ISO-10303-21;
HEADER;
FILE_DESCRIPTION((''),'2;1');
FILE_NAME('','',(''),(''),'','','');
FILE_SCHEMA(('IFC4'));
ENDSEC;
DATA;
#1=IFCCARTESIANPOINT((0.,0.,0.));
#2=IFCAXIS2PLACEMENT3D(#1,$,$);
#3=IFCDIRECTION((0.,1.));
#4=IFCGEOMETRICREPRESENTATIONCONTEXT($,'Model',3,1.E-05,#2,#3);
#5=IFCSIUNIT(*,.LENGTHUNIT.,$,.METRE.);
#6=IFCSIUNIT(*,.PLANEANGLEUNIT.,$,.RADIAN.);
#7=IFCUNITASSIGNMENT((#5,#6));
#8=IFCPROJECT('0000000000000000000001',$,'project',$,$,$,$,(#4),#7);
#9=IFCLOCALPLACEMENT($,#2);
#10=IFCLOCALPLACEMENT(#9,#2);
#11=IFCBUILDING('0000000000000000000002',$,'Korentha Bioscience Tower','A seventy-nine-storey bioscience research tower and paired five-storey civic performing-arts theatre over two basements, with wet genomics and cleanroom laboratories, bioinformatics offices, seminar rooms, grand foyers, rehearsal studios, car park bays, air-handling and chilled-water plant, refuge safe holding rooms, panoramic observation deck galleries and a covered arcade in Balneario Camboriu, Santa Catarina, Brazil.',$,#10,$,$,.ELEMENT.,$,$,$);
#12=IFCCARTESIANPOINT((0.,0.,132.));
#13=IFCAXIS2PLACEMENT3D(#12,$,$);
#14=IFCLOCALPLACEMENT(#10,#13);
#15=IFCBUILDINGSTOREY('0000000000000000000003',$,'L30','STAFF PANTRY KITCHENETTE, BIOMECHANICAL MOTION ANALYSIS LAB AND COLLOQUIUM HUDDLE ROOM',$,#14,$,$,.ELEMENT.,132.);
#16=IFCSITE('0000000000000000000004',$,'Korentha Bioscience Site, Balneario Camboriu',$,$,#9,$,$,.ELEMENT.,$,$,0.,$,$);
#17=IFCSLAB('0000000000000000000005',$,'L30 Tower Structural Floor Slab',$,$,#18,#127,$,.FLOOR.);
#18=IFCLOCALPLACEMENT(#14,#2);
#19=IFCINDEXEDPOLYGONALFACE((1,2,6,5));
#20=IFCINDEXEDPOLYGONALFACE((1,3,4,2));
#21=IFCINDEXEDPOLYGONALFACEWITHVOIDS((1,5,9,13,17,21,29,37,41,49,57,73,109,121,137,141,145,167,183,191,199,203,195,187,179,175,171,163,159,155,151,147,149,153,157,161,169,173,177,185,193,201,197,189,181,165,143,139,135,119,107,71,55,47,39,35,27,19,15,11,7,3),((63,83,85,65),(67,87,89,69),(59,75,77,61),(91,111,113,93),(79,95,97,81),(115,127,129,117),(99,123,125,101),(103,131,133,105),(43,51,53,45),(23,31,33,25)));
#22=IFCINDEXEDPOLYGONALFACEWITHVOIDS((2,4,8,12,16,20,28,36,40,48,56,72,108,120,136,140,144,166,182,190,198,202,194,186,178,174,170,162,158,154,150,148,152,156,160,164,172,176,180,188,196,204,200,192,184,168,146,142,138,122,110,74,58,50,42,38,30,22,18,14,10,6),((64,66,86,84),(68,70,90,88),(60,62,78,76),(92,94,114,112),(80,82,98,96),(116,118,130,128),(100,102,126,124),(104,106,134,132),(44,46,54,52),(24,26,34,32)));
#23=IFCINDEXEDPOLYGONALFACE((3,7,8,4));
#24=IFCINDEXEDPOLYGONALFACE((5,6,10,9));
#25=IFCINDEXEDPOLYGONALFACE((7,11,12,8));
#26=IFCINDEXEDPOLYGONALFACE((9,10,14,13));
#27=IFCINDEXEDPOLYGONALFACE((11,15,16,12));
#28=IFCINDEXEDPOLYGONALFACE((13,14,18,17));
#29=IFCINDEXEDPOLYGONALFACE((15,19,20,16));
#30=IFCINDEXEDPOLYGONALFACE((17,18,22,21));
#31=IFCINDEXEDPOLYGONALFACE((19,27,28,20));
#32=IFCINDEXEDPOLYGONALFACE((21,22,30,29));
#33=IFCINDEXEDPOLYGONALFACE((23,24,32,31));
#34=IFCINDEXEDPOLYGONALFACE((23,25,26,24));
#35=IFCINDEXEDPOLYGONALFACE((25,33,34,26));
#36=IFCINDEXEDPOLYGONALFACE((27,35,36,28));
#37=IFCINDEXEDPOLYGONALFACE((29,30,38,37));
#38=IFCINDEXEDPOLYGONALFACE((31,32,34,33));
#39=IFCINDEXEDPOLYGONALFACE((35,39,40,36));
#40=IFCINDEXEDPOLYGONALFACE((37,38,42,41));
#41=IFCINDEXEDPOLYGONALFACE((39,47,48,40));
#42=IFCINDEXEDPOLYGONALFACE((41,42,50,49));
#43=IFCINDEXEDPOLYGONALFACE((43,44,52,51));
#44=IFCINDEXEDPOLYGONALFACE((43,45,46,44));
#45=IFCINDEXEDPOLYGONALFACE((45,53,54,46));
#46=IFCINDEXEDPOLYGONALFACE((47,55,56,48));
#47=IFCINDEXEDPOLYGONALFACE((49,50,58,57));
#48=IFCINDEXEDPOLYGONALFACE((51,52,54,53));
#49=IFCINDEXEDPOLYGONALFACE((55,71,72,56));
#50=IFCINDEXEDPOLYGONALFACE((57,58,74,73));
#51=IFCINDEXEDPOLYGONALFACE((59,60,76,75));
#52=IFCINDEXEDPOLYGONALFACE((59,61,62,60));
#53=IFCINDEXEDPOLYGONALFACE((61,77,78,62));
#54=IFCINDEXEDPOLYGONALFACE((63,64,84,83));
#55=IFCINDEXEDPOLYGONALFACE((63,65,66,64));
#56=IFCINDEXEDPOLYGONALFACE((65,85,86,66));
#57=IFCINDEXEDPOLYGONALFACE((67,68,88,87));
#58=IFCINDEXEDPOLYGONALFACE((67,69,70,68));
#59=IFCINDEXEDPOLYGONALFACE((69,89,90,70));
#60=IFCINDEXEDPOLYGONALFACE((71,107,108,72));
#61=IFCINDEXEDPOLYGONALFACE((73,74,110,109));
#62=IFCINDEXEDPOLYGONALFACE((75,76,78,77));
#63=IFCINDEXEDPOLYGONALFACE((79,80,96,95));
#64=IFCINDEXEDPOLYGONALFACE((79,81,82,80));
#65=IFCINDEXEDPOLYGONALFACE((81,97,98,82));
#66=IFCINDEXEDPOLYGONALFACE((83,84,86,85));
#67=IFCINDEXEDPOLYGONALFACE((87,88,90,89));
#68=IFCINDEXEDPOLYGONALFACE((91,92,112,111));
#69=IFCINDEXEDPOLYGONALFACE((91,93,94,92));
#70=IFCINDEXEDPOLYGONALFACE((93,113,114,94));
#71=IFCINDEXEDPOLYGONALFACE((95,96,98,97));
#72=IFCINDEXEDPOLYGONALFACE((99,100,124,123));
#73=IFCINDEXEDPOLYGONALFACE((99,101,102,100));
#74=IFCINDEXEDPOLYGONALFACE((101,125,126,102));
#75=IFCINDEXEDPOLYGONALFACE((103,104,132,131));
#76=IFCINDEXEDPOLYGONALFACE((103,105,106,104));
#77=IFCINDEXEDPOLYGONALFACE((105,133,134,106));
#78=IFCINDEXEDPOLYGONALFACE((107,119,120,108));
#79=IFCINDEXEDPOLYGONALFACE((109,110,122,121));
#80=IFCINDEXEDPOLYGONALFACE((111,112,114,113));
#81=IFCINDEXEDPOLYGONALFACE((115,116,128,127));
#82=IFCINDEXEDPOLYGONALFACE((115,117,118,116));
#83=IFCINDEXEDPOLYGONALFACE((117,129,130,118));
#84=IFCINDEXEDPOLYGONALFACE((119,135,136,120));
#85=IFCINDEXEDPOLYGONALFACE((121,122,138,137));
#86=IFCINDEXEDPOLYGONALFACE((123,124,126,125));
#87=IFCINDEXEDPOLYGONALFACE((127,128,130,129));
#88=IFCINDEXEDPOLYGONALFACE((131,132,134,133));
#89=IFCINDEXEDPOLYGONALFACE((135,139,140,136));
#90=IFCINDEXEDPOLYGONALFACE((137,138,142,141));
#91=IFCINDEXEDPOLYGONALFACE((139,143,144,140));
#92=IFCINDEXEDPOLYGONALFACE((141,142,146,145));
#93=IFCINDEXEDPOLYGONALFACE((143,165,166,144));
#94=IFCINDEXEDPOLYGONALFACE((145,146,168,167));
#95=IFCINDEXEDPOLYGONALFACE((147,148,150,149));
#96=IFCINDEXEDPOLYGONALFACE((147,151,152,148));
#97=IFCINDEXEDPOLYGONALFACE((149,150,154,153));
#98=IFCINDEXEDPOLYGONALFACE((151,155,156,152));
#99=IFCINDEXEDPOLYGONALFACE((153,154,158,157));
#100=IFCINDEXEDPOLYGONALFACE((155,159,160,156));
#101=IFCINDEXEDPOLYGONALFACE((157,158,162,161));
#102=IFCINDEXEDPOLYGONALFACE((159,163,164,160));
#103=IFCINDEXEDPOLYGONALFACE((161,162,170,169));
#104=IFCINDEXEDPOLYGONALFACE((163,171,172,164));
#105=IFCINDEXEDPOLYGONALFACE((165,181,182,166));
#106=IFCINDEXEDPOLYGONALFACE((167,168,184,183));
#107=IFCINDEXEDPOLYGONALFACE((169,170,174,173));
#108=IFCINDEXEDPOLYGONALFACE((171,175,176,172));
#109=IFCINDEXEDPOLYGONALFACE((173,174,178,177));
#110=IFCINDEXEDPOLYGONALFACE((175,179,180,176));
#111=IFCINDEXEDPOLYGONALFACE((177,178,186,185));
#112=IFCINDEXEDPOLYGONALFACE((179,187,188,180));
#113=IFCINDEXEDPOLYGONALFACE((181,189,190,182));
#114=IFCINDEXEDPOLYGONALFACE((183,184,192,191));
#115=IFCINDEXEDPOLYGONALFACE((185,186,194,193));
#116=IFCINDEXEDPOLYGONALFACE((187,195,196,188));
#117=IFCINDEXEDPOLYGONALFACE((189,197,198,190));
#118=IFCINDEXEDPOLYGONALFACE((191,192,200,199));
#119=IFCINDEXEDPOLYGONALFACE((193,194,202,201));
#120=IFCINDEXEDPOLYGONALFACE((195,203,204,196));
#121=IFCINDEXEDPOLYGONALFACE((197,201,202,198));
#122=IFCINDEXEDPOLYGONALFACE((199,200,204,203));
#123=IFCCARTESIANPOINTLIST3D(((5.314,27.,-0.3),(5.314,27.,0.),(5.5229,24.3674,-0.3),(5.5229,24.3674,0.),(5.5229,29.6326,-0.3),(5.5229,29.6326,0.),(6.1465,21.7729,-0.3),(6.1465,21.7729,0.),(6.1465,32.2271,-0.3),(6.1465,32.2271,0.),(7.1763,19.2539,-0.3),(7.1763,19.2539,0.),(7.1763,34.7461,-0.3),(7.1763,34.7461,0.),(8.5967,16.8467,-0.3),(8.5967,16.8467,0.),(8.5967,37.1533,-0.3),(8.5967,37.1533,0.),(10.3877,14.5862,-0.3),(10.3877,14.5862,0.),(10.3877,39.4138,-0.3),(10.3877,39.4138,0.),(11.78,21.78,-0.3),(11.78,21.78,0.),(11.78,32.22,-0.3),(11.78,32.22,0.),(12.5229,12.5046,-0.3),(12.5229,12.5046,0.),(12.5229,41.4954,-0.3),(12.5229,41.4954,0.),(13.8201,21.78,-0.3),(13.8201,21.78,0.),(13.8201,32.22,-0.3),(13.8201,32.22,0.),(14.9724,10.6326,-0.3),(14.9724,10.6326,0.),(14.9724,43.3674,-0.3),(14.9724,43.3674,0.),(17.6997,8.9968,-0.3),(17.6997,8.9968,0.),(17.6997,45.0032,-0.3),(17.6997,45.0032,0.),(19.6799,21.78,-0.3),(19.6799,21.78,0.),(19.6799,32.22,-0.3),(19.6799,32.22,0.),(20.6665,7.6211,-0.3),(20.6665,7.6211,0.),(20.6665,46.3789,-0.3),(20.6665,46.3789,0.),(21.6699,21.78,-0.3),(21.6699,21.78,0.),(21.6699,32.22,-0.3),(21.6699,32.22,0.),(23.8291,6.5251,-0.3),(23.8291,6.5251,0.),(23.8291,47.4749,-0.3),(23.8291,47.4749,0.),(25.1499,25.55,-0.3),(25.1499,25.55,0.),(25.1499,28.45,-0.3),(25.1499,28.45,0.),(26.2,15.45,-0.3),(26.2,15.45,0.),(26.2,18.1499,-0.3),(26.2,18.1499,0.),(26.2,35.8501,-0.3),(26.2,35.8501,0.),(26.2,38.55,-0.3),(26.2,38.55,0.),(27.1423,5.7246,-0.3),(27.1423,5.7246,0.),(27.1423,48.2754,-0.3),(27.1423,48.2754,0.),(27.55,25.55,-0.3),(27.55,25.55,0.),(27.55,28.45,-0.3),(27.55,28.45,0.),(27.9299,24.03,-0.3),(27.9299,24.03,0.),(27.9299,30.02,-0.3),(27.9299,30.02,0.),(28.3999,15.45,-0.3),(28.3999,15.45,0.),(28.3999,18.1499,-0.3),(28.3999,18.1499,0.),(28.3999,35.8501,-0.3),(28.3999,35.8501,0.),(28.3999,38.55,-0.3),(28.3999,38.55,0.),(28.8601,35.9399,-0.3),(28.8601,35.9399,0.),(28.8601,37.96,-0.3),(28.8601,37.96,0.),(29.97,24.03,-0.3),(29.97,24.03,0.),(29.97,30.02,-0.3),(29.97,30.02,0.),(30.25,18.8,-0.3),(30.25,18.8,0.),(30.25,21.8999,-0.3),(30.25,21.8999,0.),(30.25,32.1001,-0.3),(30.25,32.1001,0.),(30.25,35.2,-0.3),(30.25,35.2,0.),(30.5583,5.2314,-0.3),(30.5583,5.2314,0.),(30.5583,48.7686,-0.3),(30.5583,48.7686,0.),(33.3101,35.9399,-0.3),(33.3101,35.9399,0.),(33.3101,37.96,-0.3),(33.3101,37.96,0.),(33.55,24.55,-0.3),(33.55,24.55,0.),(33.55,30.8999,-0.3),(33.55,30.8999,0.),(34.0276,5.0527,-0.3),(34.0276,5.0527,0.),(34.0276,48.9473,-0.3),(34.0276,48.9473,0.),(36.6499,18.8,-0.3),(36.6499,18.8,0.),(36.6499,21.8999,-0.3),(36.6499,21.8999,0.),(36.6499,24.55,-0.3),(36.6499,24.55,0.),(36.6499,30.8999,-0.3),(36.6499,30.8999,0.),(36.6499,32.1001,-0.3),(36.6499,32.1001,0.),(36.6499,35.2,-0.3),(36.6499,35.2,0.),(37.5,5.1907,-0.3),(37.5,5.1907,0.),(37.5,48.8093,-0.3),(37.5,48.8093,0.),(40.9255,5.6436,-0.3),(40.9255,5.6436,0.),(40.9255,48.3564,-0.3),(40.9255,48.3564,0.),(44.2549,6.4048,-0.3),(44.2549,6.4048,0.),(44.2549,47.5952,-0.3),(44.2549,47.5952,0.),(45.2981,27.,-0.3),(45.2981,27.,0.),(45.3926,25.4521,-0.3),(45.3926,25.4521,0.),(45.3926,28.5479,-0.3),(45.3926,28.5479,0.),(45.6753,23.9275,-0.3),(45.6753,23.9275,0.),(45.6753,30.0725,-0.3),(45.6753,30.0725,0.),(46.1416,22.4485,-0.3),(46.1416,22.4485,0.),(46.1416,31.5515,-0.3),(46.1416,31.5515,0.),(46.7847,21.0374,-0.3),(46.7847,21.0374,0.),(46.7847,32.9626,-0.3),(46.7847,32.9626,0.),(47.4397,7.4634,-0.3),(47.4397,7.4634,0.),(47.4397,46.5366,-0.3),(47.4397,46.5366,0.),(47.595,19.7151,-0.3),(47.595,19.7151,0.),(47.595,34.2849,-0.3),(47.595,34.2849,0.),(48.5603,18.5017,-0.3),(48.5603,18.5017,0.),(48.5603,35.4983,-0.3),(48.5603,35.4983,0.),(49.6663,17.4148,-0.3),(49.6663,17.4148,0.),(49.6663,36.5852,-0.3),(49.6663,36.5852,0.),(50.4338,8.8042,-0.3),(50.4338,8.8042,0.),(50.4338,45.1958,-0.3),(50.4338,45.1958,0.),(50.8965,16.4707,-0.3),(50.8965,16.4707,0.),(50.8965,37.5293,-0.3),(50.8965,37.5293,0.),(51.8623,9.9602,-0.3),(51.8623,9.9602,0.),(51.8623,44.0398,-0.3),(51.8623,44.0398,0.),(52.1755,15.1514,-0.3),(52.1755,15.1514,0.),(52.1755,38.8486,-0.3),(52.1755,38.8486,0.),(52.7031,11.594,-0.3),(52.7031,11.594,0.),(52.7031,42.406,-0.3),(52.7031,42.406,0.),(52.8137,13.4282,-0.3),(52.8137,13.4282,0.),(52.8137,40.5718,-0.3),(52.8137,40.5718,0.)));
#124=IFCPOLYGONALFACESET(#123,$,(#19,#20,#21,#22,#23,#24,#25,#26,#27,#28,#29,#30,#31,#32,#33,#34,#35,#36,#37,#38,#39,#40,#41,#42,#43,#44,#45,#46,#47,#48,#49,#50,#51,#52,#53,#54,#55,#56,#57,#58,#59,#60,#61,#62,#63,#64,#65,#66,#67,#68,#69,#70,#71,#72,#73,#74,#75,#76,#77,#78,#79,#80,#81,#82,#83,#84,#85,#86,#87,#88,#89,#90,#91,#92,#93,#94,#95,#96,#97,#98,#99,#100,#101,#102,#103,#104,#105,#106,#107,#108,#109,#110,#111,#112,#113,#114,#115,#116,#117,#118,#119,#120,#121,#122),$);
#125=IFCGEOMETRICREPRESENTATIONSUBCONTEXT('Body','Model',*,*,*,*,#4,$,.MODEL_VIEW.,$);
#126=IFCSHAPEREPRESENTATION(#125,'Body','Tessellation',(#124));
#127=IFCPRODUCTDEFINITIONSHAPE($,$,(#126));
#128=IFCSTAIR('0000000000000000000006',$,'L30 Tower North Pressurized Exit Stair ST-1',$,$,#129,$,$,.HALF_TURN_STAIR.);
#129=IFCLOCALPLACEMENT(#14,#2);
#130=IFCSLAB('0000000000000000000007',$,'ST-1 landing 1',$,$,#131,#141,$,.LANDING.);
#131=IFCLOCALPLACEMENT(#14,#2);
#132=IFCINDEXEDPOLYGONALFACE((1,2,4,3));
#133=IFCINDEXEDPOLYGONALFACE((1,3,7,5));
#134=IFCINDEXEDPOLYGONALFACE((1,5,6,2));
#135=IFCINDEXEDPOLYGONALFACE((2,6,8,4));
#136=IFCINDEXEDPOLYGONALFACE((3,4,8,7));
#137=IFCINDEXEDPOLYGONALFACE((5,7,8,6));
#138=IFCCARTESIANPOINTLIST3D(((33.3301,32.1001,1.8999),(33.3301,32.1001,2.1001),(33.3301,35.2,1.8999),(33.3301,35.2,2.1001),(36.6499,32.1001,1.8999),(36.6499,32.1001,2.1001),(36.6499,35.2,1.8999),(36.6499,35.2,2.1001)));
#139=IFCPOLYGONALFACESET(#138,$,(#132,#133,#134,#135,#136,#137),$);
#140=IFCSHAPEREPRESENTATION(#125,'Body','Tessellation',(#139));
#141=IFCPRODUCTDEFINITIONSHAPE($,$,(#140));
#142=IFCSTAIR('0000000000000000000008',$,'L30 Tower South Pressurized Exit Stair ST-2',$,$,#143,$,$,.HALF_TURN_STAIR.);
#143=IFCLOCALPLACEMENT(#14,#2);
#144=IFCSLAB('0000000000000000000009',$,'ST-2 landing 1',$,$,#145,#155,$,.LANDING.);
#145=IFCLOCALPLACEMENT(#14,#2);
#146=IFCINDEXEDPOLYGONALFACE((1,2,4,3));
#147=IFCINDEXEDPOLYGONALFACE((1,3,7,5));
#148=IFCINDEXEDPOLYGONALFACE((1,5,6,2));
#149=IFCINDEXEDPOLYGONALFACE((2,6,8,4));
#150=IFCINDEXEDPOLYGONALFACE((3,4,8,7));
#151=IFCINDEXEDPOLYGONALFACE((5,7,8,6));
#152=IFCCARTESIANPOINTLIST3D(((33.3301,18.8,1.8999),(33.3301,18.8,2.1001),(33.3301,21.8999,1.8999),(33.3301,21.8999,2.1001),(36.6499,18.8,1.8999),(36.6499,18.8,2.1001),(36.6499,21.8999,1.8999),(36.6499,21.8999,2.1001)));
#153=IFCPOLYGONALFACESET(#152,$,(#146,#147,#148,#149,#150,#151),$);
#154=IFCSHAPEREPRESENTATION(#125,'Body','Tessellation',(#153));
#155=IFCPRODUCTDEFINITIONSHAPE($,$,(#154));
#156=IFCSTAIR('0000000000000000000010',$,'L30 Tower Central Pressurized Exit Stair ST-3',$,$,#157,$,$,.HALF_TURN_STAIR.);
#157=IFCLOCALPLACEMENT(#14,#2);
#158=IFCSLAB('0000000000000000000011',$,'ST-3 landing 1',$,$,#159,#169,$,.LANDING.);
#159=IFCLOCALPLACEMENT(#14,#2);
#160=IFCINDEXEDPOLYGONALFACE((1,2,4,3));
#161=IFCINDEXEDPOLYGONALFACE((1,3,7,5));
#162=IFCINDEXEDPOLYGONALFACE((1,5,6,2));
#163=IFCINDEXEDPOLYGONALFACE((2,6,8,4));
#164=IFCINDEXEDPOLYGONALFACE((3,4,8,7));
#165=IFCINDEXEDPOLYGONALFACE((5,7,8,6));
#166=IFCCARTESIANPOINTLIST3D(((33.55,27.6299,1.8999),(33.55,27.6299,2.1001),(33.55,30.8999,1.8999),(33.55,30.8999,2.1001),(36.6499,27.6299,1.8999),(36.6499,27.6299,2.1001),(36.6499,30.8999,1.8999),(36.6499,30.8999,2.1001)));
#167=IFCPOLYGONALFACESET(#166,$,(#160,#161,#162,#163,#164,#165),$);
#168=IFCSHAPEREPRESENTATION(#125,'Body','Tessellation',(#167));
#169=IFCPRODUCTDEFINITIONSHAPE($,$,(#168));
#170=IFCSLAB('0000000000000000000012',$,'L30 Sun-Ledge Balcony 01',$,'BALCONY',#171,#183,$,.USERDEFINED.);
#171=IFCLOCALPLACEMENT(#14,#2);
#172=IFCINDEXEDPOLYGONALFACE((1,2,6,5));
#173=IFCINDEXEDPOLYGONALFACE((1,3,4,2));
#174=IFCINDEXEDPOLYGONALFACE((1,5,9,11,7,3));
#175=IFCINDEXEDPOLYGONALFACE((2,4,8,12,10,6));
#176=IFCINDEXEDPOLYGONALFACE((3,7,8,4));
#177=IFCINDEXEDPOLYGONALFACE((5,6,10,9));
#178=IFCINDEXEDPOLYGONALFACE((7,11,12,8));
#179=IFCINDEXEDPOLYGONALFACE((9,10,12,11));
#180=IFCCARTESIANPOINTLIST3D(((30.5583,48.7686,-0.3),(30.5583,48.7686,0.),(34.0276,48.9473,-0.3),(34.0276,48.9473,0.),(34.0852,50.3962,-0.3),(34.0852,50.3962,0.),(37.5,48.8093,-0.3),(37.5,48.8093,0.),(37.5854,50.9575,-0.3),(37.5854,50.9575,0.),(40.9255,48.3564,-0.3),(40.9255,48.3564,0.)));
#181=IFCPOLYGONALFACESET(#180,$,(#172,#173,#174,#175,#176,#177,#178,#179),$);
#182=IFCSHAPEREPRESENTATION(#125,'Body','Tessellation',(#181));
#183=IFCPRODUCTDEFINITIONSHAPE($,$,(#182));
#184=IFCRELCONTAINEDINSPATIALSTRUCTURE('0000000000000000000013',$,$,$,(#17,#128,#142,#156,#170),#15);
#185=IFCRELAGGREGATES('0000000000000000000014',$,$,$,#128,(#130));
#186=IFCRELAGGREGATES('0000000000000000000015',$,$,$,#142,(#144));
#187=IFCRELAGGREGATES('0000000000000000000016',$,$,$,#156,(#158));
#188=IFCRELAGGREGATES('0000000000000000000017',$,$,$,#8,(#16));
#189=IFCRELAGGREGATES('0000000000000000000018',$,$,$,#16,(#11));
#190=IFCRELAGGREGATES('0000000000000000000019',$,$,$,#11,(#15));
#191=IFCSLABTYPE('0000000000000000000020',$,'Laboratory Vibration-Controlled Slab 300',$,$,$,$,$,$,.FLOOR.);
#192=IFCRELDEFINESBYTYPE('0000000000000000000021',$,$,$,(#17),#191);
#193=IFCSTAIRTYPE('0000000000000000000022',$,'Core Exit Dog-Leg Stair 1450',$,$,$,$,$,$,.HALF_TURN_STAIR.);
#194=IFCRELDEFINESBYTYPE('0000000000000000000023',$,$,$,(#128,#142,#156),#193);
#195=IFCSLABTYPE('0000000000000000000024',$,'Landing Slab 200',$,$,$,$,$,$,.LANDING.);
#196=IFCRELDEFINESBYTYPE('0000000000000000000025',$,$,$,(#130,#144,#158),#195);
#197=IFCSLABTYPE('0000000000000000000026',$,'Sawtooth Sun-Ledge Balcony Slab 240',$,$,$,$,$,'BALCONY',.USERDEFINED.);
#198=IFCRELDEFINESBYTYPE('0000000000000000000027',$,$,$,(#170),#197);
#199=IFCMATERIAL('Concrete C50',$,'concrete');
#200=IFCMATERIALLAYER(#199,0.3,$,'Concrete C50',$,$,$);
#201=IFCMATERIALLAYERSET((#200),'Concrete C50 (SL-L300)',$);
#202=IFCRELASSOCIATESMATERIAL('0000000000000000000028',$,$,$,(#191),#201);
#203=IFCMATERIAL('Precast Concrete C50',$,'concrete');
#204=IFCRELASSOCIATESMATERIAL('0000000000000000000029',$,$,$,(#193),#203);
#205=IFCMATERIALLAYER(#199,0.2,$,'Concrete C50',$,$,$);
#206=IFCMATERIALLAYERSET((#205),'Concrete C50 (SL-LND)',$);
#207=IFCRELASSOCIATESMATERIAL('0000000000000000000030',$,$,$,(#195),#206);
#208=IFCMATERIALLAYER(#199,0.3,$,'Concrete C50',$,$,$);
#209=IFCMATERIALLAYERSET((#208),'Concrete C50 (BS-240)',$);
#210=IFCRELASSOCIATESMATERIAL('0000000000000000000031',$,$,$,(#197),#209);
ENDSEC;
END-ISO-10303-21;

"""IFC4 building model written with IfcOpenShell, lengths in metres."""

from ifc_helpers import new_model, si_unit, direction, frame, origin, place, context, subcontext, project, spatial, polyline, outline, extrude, material, layer, layer_set, type_object, element, aggregate, save


model = new_model("IFC4")

# Units and contexts
model_context = context("Model", 3, precision=1e-05, world=origin(), true_north=direction((0.0, 1.0)))
body_context = subcontext(model_context, "Body", "Model", "MODEL_VIEW")
ifc_project = project(units=[si_unit("LENGTHUNIT", "METRE"), si_unit("PLANEANGLEUNIT", "RADIAN")], contexts=[model_context])

# Site, building, storey
site_placement = place(None, origin())
site = spatial("IfcSite", under=ifc_project, at=site_placement, Name="Korentha Bioscience Site, Balneario Camboriu", CompositionType="ELEMENT", RefElevation=0.0)
building_placement = place(site_placement, origin())
building = spatial("IfcBuilding", under=site, at=building_placement, Name="Korentha Bioscience Tower", Description="A seventy-nine-storey bioscience research tower and paired five-storey civic performing-arts theatre over two basements, with wet genomics and cleanroom laboratories, bioinformatics offices, seminar rooms, grand foyers, rehearsal studios, car park bays, air-handling and chilled-water plant, refuge safe holding rooms, panoramic observation deck galleries and a covered arcade in Balneario Camboriu, Santa Catarina, Brazil.", CompositionType="ELEMENT")
storey_placement = place(building_placement, frame((0.0, 0.0, 132.0)))
storey = spatial("IfcBuildingStorey", under=building, at=storey_placement, Name="L30", Description="STAFF PANTRY KITCHENETTE, BIOMECHANICAL MOTION ANALYSIS LAB AND COLLOQUIUM HUDDLE ROOM", CompositionType="ELEMENT", Elevation=132.0)

# Slab
ifc_material_1 = material(Name="Concrete C50", Category="concrete")
ifc_layer_1 = layer(ifc_material_1, 0.3, Name="Concrete C50")
ifc_layer_set_1 = layer_set([ifc_layer_1], Name="Concrete C50 (SL-L300)")
slab_type_1 = type_object("IfcSlabType", Name="Laboratory Vibration-Controlled Slab 300", PredefinedType="FLOOR", material=ifc_layer_set_1)
slab_1_placement = place(storey_placement, frame((0.0, 0.0, -0.3)))
element("IfcSlab", 1, at=slab_1_placement, inside=storey, type_object=slab_type_1, Name="L30 Tower Structural Floor Slab", PredefinedType="FLOOR", context=body_context, shape_type="SweptSolid", body=[
    extrude(outline(polyline([(50.4338, 45.1958), (47.4397, 46.5366), (44.2549, 47.5952), (40.9255, 48.3564), (37.5, 48.8093), (34.0276, 48.9473), (30.5583, 48.7686), (27.1423, 48.2754), (23.8291, 47.4749), (20.6665, 46.3789), (17.6997, 45.0032), (14.9724, 43.3674), (12.5229, 41.4954), (10.3877, 39.4138), (8.5967, 37.1533), (7.1763, 34.7461), (6.1465, 32.2271), (5.5229, 29.6326), (5.314, 27.0), (5.5229, 24.3674), (6.1465, 21.7729), (7.1763, 19.2539), (8.5967, 16.8467), (10.3877, 14.5862), (12.5229, 12.5046), (14.9724, 10.6326), (17.6997, 8.9968), (20.6665, 7.6211), (23.8291, 6.5251), (27.1423, 5.7246), (30.5583, 5.2314), (34.0276, 5.0527), (37.5, 5.1907), (40.9255, 5.6436), (44.2549, 6.4048), (47.4397, 7.4634), (50.4338, 8.8042), (51.8623, 9.9602), (52.7031, 11.594), (52.8137, 13.4282), (52.1755, 15.1514), (50.8965, 16.4707), (49.6663, 17.4148), (48.5603, 18.5017), (47.595, 19.7151), (46.7847, 21.0374), (46.1416, 22.4485), (45.6753, 23.9275), (45.3926, 25.4521), (45.2981, 27.0), (45.3926, 28.5479), (45.6753, 30.0725), (46.1416, 31.5515), (46.7847, 32.9626), (47.595, 34.2849), (48.5603, 35.4983), (49.6663, 36.5852), (50.8965, 37.5293), (52.1755, 38.8486), (52.8137, 40.5718), (52.7031, 42.406), (51.8623, 44.0398), (50.4338, 45.1958)]), holes=[polyline([(30.25, 32.1001), (36.6499, 32.1001), (36.6499, 35.2), (30.25, 35.2), (30.25, 32.1001)]), polyline([(30.25, 18.8), (36.6499, 18.8), (36.6499, 21.8999), (30.25, 21.8999), (30.25, 18.8)]), polyline([(36.6499, 24.55), (36.6499, 30.8999), (33.55, 30.8999), (33.55, 24.55), (36.6499, 24.55)]), polyline([(11.78, 21.78), (13.8201, 21.78), (13.8201, 32.22), (11.78, 32.22), (11.78, 21.78)]), polyline([(19.6799, 21.78), (21.6699, 21.78), (21.6699, 32.22), (19.6799, 32.22), (19.6799, 21.78)]), polyline([(27.9299, 24.03), (29.97, 24.03), (29.97, 30.02), (27.9299, 30.02), (27.9299, 24.03)]), polyline([(28.8601, 35.9399), (33.3101, 35.9399), (33.3101, 37.96), (28.8601, 37.96), (28.8601, 35.9399)]), polyline([(26.2, 15.45), (28.3999, 15.45), (28.3999, 18.1499), (26.2, 18.1499), (26.2, 15.45)]), polyline([(26.2, 35.8501), (28.3999, 35.8501), (28.3999, 38.55), (26.2, 38.55), (26.2, 35.8501)]), polyline([(25.1499, 25.55), (27.55, 25.55), (27.55, 28.45), (25.1499, 28.45), (25.1499, 25.55)])]), origin(), (0.0, 0.0, 1.0), 0.3),
])

# Stairs, slabs
ifc_material_2 = material(Name="Precast Concrete C50", Category="concrete")
stair_type = type_object("IfcStairType", Name="Core Exit Dog-Leg Stair 1450", PredefinedType="HALF_TURN_STAIR", material=ifc_material_2)
stair_1_placement = place(storey_placement, origin())
stair_1 = element("IfcStair", 2, at=stair_1_placement, inside=storey, type_object=stair_type, Name="L30 Tower North Pressurized Exit Stair ST-1", PredefinedType="HALF_TURN_STAIR")
ifc_layer_2 = layer(ifc_material_1, 0.2, Name="Concrete C50")
ifc_layer_set_2 = layer_set([ifc_layer_2], Name="Concrete C50 (SL-LND)")
slab_type_2 = type_object("IfcSlabType", Name="Landing Slab 200", PredefinedType="LANDING", material=ifc_layer_set_2)
slab_2_placement = place(storey_placement, frame((0.0, 0.0, 1.8999)))
slab_2 = element("IfcSlab", 3, at=slab_2_placement, type_object=slab_type_2, Name="ST-1 landing 1", PredefinedType="LANDING", context=body_context, shape_type="SweptSolid", body=[
    extrude(outline(polyline([(33.3301, 32.1001), (36.6499, 32.1001), (36.6499, 35.2), (33.3301, 35.2), (33.3301, 32.1001)])), origin(), (0.0, 0.0, 1.0), 0.2002),
])
aggregate(stair_1, [slab_2])
stair_2_placement = place(storey_placement, origin())
stair_2 = element("IfcStair", 4, at=stair_2_placement, inside=storey, type_object=stair_type, Name="L30 Tower South Pressurized Exit Stair ST-2", PredefinedType="HALF_TURN_STAIR")
slab_3_placement = place(storey_placement, frame((0.0, 0.0, 1.8999)))
slab_3 = element("IfcSlab", 5, at=slab_3_placement, type_object=slab_type_2, Name="ST-2 landing 1", PredefinedType="LANDING", context=body_context, shape_type="SweptSolid", body=[
    extrude(outline(polyline([(33.3301, 18.8), (36.6499, 18.8), (36.6499, 21.8999), (33.3301, 21.8999), (33.3301, 18.8)])), origin(), (0.0, 0.0, 1.0), 0.2002),
])
aggregate(stair_2, [slab_3])
stair_3_placement = place(storey_placement, origin())
stair_3 = element("IfcStair", 6, at=stair_3_placement, inside=storey, type_object=stair_type, Name="L30 Tower Central Pressurized Exit Stair ST-3", PredefinedType="HALF_TURN_STAIR")
slab_4_placement = place(storey_placement, frame((0.0, 0.0, 1.8999)))
slab_4 = element("IfcSlab", 7, at=slab_4_placement, type_object=slab_type_2, Name="ST-3 landing 1", PredefinedType="LANDING", context=body_context, shape_type="SweptSolid", body=[
    extrude(outline(polyline([(36.6499, 27.6299), (36.6499, 30.8999), (33.55, 30.8999), (33.55, 27.6299), (36.6499, 27.6299)])), origin(), (0.0, 0.0, 1.0), 0.2002),
])
aggregate(stair_3, [slab_4])

# Slab
ifc_layer_3 = layer(ifc_material_1, 0.3, Name="Concrete C50")
ifc_layer_set_3 = layer_set([ifc_layer_3], Name="Concrete C50 (BS-240)")
slab_type_3 = type_object("IfcSlabType", Name="Sawtooth Sun-Ledge Balcony Slab 240", ElementType="BALCONY", PredefinedType="USERDEFINED", material=ifc_layer_set_3)
slab_5_placement = place(storey_placement, frame((0.0, 0.0, -0.3)))
element("IfcSlab", 8, at=slab_5_placement, inside=storey, type_object=slab_type_3, Name="L30 Sun-Ledge Balcony 01", ObjectType="BALCONY", PredefinedType="USERDEFINED", context=body_context, shape_type="SweptSolid", body=[
    extrude(outline(polyline([(30.5583, 48.7686), (34.0276, 48.9473), (37.5, 48.8093), (40.9255, 48.3564), (37.5854, 50.9575), (34.0852, 50.3962), (30.5583, 48.7686)])), origin(), (0.0, 0.0, 1.0), 0.3),
])

save(model, "model.ifc")
